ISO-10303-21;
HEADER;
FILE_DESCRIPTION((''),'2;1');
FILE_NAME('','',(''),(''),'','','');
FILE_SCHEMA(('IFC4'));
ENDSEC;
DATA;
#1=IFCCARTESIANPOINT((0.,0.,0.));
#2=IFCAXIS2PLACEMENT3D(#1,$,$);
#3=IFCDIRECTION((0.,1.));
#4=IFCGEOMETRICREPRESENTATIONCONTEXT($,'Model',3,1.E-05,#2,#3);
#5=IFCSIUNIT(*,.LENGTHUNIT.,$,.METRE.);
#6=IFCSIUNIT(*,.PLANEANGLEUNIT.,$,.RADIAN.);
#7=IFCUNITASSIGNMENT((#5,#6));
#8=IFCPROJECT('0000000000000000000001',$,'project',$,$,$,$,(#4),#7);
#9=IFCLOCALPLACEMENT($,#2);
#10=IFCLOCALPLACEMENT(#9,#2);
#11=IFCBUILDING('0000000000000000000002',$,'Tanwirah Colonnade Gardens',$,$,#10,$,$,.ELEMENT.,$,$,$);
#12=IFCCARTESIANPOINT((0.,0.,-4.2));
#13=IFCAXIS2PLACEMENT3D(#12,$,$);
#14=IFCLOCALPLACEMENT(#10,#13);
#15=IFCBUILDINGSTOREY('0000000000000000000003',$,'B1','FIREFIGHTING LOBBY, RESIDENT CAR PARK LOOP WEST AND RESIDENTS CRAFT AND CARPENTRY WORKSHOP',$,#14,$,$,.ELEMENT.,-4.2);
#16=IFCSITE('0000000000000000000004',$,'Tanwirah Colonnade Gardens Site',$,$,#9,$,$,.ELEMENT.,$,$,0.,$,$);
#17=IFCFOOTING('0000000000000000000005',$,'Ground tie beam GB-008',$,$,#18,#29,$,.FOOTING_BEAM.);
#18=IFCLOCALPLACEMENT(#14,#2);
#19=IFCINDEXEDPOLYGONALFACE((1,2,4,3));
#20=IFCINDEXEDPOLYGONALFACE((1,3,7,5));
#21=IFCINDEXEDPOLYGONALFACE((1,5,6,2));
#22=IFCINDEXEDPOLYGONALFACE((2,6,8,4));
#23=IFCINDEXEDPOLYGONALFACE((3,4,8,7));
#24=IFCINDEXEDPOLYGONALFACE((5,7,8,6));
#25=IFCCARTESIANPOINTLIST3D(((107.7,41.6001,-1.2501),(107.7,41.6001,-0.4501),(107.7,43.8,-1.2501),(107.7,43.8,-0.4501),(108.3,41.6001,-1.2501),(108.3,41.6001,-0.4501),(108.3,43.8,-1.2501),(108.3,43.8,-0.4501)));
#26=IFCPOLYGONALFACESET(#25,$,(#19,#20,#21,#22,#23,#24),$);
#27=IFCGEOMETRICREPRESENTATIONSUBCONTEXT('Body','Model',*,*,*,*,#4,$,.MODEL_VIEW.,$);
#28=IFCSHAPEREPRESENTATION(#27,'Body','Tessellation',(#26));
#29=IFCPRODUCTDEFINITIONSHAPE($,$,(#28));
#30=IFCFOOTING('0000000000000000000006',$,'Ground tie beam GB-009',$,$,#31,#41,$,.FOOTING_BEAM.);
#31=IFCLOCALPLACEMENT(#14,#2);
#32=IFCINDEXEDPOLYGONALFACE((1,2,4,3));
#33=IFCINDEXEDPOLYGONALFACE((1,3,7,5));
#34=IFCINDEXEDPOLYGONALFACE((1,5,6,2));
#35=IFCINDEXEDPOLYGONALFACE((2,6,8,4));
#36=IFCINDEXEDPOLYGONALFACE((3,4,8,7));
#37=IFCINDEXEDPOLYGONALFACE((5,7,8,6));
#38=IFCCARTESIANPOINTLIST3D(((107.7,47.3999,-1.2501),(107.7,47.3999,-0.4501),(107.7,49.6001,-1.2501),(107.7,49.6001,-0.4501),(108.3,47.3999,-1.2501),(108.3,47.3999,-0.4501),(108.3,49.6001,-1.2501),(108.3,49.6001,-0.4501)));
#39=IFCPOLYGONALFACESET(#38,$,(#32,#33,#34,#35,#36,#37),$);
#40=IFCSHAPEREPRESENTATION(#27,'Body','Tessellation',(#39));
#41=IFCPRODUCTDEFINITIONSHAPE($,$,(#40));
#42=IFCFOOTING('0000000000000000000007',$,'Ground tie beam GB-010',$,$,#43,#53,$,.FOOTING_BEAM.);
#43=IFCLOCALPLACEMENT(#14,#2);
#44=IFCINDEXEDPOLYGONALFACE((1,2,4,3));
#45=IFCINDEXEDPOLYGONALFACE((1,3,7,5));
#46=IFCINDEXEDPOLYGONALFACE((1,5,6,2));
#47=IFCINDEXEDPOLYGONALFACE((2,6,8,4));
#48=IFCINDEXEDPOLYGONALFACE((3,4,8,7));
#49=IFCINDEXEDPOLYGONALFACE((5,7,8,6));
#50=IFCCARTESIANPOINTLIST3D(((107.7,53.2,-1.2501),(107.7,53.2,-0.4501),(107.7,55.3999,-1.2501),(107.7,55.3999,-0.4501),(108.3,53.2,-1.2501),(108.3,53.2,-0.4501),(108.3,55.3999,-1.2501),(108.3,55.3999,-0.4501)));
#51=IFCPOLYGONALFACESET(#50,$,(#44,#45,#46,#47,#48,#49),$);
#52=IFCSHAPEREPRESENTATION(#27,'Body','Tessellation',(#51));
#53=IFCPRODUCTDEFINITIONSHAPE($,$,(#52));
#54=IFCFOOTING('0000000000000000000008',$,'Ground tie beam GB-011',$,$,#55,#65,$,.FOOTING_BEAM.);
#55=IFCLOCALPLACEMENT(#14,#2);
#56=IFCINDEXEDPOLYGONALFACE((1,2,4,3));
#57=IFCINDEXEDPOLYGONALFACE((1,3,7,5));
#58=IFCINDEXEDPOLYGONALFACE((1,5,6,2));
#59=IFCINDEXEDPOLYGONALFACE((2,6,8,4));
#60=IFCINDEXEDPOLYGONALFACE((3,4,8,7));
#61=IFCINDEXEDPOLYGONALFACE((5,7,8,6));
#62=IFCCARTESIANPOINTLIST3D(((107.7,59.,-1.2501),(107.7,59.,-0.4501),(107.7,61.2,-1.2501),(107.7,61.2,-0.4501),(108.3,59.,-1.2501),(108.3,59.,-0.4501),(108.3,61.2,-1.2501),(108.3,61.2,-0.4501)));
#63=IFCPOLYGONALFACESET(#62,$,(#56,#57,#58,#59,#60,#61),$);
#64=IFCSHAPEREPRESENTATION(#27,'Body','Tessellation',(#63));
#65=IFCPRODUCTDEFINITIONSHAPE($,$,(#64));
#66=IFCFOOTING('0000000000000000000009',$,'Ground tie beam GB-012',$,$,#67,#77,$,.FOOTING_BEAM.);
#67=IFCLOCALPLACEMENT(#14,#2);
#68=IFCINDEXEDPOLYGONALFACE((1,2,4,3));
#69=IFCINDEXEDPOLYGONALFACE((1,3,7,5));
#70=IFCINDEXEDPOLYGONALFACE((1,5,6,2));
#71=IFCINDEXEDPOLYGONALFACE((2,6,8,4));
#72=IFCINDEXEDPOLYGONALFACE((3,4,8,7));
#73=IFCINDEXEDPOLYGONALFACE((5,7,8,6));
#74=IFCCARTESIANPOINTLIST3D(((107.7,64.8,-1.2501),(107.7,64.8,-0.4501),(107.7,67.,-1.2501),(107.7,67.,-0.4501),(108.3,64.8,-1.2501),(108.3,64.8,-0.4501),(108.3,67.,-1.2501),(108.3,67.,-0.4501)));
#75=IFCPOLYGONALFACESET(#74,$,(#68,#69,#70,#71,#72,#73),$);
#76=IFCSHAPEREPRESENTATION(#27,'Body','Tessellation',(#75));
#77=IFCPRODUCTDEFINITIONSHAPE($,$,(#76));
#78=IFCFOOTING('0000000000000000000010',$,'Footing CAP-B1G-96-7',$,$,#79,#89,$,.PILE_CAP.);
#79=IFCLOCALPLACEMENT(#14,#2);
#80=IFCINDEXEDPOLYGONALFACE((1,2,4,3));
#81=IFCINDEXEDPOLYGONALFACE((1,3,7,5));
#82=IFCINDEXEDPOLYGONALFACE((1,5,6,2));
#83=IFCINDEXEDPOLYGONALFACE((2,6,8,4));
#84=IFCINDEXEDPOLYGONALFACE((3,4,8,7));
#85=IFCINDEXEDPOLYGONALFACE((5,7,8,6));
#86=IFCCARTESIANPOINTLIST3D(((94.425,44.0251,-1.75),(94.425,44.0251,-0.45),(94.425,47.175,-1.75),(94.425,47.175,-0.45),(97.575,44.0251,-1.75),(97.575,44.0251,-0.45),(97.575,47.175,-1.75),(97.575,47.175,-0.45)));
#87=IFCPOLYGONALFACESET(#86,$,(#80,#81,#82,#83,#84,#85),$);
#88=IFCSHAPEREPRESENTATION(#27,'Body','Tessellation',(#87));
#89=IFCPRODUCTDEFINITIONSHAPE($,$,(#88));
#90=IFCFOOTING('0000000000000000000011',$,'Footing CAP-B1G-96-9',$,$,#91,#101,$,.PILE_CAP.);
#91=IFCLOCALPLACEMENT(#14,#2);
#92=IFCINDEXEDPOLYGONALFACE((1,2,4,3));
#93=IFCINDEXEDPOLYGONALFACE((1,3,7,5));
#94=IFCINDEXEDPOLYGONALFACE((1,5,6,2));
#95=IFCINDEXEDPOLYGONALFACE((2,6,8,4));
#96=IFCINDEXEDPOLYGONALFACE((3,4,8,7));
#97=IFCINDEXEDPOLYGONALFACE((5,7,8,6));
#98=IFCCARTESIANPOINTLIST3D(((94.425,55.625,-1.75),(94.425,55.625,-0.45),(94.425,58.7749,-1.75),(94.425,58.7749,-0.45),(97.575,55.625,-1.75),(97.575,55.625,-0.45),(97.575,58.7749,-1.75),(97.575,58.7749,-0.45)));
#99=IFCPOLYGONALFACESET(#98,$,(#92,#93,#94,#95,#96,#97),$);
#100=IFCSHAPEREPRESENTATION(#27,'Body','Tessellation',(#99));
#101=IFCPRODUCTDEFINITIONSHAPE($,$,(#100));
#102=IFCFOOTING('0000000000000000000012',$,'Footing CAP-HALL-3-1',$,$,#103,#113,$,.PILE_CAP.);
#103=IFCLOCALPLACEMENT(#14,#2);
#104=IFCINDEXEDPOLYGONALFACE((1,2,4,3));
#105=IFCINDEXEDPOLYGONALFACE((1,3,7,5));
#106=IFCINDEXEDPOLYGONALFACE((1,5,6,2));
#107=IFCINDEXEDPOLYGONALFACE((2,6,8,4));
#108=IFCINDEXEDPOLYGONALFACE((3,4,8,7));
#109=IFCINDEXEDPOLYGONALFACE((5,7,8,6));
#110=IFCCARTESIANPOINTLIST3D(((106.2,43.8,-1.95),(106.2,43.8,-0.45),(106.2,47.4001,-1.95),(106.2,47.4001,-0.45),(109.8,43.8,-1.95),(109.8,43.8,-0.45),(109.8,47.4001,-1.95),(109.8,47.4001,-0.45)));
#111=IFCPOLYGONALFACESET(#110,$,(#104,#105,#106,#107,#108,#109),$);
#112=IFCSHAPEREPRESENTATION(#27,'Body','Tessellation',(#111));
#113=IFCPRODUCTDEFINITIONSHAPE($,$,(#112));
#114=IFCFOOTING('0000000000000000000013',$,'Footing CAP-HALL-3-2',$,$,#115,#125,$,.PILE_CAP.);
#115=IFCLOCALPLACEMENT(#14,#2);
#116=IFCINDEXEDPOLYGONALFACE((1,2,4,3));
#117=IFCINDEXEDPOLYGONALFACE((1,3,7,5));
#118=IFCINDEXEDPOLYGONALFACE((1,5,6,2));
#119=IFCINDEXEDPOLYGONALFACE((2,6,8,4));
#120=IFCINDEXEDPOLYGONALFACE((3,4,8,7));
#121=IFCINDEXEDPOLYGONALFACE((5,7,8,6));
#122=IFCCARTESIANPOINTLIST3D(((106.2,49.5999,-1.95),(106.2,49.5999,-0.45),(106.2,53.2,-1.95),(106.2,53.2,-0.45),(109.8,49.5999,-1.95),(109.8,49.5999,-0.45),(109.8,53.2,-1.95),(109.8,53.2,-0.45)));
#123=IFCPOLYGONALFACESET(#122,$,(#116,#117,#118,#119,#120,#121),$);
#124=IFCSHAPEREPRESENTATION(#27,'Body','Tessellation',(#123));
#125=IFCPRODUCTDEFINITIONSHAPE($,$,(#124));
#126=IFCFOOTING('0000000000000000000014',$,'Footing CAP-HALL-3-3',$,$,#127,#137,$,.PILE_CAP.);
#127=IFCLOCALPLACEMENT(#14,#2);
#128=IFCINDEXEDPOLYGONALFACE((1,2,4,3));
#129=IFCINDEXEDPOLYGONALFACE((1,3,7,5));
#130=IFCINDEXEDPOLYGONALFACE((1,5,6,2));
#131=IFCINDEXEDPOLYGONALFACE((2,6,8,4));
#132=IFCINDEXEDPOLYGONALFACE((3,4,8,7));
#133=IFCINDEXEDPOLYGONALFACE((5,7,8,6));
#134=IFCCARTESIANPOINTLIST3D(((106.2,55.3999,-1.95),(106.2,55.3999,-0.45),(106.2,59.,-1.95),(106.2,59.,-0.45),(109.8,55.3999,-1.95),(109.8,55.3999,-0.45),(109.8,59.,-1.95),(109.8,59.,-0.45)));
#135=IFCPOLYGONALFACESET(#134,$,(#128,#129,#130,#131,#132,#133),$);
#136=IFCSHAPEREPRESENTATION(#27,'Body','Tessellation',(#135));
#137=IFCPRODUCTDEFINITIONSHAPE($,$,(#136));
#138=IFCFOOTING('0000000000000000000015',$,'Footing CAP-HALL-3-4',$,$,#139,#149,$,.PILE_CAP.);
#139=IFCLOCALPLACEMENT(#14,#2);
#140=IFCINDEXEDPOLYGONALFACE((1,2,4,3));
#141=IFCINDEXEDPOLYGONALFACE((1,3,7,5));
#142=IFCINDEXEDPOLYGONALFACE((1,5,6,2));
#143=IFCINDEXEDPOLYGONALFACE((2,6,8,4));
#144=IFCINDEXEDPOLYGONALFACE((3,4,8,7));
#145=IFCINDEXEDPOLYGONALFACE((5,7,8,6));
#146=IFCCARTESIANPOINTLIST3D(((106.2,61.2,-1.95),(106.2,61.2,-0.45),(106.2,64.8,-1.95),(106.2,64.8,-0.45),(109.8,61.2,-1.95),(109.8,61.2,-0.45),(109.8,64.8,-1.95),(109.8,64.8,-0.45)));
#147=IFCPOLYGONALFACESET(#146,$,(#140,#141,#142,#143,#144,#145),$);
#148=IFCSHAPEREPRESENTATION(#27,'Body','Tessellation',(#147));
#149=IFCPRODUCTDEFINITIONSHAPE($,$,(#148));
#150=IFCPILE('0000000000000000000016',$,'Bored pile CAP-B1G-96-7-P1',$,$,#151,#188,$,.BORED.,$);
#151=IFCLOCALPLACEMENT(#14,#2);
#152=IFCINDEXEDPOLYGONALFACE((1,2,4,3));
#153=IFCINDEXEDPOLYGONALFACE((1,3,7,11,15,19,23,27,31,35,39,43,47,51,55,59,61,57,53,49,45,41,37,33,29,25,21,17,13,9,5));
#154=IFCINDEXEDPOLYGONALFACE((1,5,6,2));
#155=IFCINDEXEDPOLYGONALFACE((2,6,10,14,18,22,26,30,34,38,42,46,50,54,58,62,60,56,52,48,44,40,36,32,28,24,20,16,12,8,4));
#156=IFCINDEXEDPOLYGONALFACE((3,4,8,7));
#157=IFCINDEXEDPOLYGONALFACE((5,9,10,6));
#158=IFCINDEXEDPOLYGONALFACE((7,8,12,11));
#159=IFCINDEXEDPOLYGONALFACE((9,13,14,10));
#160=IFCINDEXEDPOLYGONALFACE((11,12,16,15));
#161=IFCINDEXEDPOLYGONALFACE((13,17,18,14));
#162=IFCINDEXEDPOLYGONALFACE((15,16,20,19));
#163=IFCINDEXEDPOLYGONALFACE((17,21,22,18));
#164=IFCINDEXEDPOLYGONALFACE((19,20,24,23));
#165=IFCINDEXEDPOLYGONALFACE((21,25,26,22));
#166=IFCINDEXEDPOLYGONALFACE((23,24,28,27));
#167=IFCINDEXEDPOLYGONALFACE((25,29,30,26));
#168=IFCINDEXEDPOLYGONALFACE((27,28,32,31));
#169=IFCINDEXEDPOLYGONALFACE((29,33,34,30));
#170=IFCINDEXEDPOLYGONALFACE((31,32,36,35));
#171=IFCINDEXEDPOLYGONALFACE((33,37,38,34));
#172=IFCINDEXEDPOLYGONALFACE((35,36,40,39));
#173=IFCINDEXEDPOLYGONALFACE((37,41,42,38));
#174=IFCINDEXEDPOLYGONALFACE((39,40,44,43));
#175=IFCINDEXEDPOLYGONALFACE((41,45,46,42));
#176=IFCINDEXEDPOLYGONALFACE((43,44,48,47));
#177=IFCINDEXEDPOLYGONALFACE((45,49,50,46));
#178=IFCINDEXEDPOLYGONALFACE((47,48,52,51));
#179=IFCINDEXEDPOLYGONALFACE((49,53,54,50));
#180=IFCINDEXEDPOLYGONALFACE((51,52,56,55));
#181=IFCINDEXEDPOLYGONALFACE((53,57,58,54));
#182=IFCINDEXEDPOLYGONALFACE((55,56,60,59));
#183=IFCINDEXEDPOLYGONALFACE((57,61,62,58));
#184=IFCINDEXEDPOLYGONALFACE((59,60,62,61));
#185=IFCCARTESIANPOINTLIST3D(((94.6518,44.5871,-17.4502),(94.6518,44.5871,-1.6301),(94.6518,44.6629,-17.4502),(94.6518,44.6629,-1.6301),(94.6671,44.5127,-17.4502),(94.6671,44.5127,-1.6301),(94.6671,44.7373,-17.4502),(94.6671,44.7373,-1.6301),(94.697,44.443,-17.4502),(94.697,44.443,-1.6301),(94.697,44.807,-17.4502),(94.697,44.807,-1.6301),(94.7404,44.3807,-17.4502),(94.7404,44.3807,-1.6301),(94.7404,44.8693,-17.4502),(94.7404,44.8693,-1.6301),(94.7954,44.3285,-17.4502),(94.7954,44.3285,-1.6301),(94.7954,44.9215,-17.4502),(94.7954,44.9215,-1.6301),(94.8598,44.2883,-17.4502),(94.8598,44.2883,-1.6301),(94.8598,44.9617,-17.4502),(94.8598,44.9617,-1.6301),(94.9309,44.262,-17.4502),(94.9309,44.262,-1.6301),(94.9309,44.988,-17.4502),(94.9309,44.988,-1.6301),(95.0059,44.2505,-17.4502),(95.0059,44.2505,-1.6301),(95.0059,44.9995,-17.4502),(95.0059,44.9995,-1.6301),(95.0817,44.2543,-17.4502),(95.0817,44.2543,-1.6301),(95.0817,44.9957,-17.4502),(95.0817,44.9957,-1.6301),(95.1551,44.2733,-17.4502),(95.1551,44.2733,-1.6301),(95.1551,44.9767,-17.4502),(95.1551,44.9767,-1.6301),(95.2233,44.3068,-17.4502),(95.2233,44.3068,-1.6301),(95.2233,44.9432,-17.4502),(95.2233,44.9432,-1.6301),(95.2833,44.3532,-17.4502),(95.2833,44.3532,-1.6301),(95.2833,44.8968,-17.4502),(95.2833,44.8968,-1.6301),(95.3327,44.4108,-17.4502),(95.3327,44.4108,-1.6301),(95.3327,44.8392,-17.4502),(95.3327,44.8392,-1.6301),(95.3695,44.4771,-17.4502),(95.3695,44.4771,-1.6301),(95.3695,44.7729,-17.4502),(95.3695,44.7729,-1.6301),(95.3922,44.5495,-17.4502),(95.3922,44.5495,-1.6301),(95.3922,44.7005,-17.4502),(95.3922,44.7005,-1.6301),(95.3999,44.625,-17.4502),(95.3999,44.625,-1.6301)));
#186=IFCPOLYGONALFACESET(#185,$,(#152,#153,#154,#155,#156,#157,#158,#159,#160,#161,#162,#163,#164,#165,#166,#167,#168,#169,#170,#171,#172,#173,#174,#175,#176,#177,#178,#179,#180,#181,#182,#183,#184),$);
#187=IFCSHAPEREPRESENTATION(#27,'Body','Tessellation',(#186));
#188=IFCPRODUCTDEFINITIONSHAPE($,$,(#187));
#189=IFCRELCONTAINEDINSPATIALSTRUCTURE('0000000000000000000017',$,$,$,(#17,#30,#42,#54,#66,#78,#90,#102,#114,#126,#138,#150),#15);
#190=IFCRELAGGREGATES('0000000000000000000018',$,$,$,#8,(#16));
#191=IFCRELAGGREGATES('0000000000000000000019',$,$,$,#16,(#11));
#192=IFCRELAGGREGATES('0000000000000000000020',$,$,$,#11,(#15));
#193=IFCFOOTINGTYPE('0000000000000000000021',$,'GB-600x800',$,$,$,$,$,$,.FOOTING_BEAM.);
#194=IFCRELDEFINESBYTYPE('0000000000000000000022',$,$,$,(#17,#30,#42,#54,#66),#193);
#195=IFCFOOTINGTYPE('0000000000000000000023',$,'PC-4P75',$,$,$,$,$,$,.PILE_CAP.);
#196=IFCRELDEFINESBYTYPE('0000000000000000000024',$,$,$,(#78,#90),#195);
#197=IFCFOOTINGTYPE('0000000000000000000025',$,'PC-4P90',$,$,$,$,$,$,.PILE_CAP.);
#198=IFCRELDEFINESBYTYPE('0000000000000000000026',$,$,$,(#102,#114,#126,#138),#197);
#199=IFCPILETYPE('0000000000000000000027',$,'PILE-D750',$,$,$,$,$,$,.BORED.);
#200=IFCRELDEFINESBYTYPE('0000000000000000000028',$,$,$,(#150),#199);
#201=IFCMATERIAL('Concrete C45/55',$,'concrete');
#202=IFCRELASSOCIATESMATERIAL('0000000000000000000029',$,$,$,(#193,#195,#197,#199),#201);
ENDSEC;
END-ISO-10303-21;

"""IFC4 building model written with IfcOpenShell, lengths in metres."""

from ifc_helpers import new_model, si_unit, direction, frame, origin, origin_2d, place, context, subcontext, project, spatial, rectangle, circle, extrude, material, material_profile, profile_set, type_object, element, save


model = new_model("IFC4")

# Units and contexts
model_context = context("Model", 3, precision=1e-05, world=origin(), true_north=direction((0.0, 1.0)))
body_context = subcontext(model_context, "Body", "Model", "MODEL_VIEW")
ifc_project = project(units=[si_unit("LENGTHUNIT", "METRE"), si_unit("PLANEANGLEUNIT", "RADIAN")], contexts=[model_context])

# Site, building, storey
site_placement = place(None, origin())
site = spatial("IfcSite", under=ifc_project, at=site_placement, Name="Tanwirah Colonnade Gardens Site", CompositionType="ELEMENT", RefElevation=0.0)
building_placement = place(site_placement, origin())
building = spatial("IfcBuilding", under=site, at=building_placement, Name="Tanwirah Colonnade Gardens", CompositionType="ELEMENT")
storey_placement = place(building_placement, frame((0.0, 0.0, -4.2)))
storey = spatial("IfcBuildingStorey", under=building, at=storey_placement, Name="B1", Description="FIREFIGHTING LOBBY, RESIDENT CAR PARK LOOP WEST AND RESIDENTS CRAFT AND CARPENTRY WORKSHOP", CompositionType="ELEMENT", Elevation=-4.2)

# Footings
ifc_material = material(Name="Concrete C45/55", Category="concrete")
ifc_material_profile_1 = material_profile(ifc_material, rectangle(XDim=0.6001, YDim=0.8, at=origin_2d()), Name="GB-600x800")
ifc_profile_set_1 = profile_set([ifc_material_profile_1], Name="Concrete C45/55")
footing_type_1 = type_object("IfcFootingType", Name="GB-600x800", PredefinedType="FOOTING_BEAM", material=ifc_profile_set_1)
footing_1_placement = place(storey_placement, frame((108.0, 41.6001, -0.8501), z_axis=(0.0, 1.0, 0.0), x_axis=(-1.0, 0.0, 0.0)))
element("IfcFooting", 1, at=footing_1_placement, inside=storey, type_object=footing_type_1, Name="Ground tie beam GB-008", PredefinedType="FOOTING_BEAM", context=body_context, shape_type="SweptSolid", body=[
    extrude(rectangle(XDim=0.6001, YDim=0.8, at=origin_2d()), origin(), (0.0, 0.0, 1.0), 2.2),
])
footing_2_placement = place(storey_placement, frame((108.0, 47.3999, -0.8501), z_axis=(0.0, 1.0, 0.0), x_axis=(-1.0, 0.0, 0.0)))
element("IfcFooting", 2, at=footing_2_placement, inside=storey, type_object=footing_type_1, Name="Ground tie beam GB-009", PredefinedType="FOOTING_BEAM", context=body_context, shape_type="SweptSolid", body=[
    extrude(rectangle(XDim=0.6001, YDim=0.8, at=origin_2d()), origin(), (0.0, 0.0, 1.0), 2.2002),
])
for number, where, z_axis, x_axis, name in (
    (3, (108.0, 53.2, -0.8501), (0.0, 1.0, 0.0), (-1.0, 0.0, 0.0), "Ground tie beam GB-010"),
    (4, (108.0, 59.0, -0.8501), (0.0, 1.0, 0.0), (-1.0, 0.0, 0.0), "Ground tie beam GB-011"),
    (5, (108.0, 64.8, -0.8501), (0.0, 1.0, 0.0), (-1.0, 0.0, 0.0), "Ground tie beam GB-012"),
):
    element("IfcFooting", number, at=place(storey_placement, frame(where, z_axis=z_axis, x_axis=x_axis)), inside=storey, type_object=footing_type_1, Name=name, PredefinedType="FOOTING_BEAM", context=body_context, shape_type="SweptSolid", body=[
        extrude(rectangle(XDim=0.6001, YDim=0.8, at=origin_2d()), origin(), (0.0, 0.0, 1.0), 2.2),
    ])
footing_type_2 = type_object("IfcFootingType", Name="PC-4P75", PredefinedType="PILE_CAP", material=ifc_material)
for number, where, z_axis, x_axis, name in (
    (6, (96.0, 45.6001, -1.75), (0.0, 0.0, 1.0), (1.0, 0.0, 0.0), "Footing CAP-B1G-96-7"),
    (7, (96.0, 57.2, -1.75), (0.0, 0.0, 1.0), (1.0, 0.0, 0.0), "Footing CAP-B1G-96-9"),
):
    element("IfcFooting", number, at=place(storey_placement, frame(where, z_axis=z_axis, x_axis=x_axis)), inside=storey, type_object=footing_type_2, Name=name, PredefinedType="PILE_CAP", context=body_context, shape_type="SweptSolid", body=[
        extrude(rectangle(XDim=3.1499, YDim=3.1499, at=origin_2d()), origin(), (0.0, 0.0, 1.0), 1.3),
    ])
footing_type_3 = type_object("IfcFootingType", Name="PC-4P90", PredefinedType="PILE_CAP", material=ifc_material)
for number, where, z_axis, x_axis, name in (
    (8, (108.0, 45.6001, -1.95), (0.0, 0.0, 1.0), (1.0, 0.0, 0.0), "Footing CAP-HALL-3-1"),
    (9, (108.0, 51.3999, -1.95), (0.0, 0.0, 1.0), (1.0, 0.0, 0.0), "Footing CAP-HALL-3-2"),
    (10, (108.0, 57.2, -1.95), (0.0, 0.0, 1.0), (1.0, 0.0, 0.0), "Footing CAP-HALL-3-3"),
    (11, (108.0, 63.0, -1.95), (0.0, 0.0, 1.0), (1.0, 0.0, 0.0), "Footing CAP-HALL-3-4"),
):
    element("IfcFooting", number, at=place(storey_placement, frame(where, z_axis=z_axis, x_axis=x_axis)), inside=storey, type_object=footing_type_3, Name=name, PredefinedType="PILE_CAP", context=body_context, shape_type="SweptSolid", body=[
        extrude(rectangle(XDim=3.6001, YDim=3.6001, at=origin_2d()), origin(), (0.0, 0.0, 1.0), 1.5),
    ])

# Pile
ifc_material_profile_2 = material_profile(ifc_material, circle(Radius=0.375, at=origin_2d()), Name="PILE D750")
ifc_profile_set_2 = profile_set([ifc_material_profile_2], Name="Concrete C45/55")
pile_type_1 = type_object("IfcPileType", Name="PILE-D750", PredefinedType="BORED", material=ifc_profile_set_2)
for number, where, z_axis, x_axis, name in (
    (12, (95.0249, 44.625, -1.6301), (0.0, 0.0, -1.0), (1.0, 0.0, 0.0), "Bored pile CAP-B1G-96-7-P1"),
):
    element("IfcPile", number, at=place(storey_placement, frame(where, z_axis=z_axis, x_axis=x_axis)), inside=storey, type_object=pile_type_1, Name=name, PredefinedType="BORED", context=body_context, shape_type="SweptSolid", body=[
        extrude(circle(Radius=0.375, at=origin_2d()), origin(), (0.0, 0.0, 1.0), 15.8201),
    ])

save(model, "model.ifc")
